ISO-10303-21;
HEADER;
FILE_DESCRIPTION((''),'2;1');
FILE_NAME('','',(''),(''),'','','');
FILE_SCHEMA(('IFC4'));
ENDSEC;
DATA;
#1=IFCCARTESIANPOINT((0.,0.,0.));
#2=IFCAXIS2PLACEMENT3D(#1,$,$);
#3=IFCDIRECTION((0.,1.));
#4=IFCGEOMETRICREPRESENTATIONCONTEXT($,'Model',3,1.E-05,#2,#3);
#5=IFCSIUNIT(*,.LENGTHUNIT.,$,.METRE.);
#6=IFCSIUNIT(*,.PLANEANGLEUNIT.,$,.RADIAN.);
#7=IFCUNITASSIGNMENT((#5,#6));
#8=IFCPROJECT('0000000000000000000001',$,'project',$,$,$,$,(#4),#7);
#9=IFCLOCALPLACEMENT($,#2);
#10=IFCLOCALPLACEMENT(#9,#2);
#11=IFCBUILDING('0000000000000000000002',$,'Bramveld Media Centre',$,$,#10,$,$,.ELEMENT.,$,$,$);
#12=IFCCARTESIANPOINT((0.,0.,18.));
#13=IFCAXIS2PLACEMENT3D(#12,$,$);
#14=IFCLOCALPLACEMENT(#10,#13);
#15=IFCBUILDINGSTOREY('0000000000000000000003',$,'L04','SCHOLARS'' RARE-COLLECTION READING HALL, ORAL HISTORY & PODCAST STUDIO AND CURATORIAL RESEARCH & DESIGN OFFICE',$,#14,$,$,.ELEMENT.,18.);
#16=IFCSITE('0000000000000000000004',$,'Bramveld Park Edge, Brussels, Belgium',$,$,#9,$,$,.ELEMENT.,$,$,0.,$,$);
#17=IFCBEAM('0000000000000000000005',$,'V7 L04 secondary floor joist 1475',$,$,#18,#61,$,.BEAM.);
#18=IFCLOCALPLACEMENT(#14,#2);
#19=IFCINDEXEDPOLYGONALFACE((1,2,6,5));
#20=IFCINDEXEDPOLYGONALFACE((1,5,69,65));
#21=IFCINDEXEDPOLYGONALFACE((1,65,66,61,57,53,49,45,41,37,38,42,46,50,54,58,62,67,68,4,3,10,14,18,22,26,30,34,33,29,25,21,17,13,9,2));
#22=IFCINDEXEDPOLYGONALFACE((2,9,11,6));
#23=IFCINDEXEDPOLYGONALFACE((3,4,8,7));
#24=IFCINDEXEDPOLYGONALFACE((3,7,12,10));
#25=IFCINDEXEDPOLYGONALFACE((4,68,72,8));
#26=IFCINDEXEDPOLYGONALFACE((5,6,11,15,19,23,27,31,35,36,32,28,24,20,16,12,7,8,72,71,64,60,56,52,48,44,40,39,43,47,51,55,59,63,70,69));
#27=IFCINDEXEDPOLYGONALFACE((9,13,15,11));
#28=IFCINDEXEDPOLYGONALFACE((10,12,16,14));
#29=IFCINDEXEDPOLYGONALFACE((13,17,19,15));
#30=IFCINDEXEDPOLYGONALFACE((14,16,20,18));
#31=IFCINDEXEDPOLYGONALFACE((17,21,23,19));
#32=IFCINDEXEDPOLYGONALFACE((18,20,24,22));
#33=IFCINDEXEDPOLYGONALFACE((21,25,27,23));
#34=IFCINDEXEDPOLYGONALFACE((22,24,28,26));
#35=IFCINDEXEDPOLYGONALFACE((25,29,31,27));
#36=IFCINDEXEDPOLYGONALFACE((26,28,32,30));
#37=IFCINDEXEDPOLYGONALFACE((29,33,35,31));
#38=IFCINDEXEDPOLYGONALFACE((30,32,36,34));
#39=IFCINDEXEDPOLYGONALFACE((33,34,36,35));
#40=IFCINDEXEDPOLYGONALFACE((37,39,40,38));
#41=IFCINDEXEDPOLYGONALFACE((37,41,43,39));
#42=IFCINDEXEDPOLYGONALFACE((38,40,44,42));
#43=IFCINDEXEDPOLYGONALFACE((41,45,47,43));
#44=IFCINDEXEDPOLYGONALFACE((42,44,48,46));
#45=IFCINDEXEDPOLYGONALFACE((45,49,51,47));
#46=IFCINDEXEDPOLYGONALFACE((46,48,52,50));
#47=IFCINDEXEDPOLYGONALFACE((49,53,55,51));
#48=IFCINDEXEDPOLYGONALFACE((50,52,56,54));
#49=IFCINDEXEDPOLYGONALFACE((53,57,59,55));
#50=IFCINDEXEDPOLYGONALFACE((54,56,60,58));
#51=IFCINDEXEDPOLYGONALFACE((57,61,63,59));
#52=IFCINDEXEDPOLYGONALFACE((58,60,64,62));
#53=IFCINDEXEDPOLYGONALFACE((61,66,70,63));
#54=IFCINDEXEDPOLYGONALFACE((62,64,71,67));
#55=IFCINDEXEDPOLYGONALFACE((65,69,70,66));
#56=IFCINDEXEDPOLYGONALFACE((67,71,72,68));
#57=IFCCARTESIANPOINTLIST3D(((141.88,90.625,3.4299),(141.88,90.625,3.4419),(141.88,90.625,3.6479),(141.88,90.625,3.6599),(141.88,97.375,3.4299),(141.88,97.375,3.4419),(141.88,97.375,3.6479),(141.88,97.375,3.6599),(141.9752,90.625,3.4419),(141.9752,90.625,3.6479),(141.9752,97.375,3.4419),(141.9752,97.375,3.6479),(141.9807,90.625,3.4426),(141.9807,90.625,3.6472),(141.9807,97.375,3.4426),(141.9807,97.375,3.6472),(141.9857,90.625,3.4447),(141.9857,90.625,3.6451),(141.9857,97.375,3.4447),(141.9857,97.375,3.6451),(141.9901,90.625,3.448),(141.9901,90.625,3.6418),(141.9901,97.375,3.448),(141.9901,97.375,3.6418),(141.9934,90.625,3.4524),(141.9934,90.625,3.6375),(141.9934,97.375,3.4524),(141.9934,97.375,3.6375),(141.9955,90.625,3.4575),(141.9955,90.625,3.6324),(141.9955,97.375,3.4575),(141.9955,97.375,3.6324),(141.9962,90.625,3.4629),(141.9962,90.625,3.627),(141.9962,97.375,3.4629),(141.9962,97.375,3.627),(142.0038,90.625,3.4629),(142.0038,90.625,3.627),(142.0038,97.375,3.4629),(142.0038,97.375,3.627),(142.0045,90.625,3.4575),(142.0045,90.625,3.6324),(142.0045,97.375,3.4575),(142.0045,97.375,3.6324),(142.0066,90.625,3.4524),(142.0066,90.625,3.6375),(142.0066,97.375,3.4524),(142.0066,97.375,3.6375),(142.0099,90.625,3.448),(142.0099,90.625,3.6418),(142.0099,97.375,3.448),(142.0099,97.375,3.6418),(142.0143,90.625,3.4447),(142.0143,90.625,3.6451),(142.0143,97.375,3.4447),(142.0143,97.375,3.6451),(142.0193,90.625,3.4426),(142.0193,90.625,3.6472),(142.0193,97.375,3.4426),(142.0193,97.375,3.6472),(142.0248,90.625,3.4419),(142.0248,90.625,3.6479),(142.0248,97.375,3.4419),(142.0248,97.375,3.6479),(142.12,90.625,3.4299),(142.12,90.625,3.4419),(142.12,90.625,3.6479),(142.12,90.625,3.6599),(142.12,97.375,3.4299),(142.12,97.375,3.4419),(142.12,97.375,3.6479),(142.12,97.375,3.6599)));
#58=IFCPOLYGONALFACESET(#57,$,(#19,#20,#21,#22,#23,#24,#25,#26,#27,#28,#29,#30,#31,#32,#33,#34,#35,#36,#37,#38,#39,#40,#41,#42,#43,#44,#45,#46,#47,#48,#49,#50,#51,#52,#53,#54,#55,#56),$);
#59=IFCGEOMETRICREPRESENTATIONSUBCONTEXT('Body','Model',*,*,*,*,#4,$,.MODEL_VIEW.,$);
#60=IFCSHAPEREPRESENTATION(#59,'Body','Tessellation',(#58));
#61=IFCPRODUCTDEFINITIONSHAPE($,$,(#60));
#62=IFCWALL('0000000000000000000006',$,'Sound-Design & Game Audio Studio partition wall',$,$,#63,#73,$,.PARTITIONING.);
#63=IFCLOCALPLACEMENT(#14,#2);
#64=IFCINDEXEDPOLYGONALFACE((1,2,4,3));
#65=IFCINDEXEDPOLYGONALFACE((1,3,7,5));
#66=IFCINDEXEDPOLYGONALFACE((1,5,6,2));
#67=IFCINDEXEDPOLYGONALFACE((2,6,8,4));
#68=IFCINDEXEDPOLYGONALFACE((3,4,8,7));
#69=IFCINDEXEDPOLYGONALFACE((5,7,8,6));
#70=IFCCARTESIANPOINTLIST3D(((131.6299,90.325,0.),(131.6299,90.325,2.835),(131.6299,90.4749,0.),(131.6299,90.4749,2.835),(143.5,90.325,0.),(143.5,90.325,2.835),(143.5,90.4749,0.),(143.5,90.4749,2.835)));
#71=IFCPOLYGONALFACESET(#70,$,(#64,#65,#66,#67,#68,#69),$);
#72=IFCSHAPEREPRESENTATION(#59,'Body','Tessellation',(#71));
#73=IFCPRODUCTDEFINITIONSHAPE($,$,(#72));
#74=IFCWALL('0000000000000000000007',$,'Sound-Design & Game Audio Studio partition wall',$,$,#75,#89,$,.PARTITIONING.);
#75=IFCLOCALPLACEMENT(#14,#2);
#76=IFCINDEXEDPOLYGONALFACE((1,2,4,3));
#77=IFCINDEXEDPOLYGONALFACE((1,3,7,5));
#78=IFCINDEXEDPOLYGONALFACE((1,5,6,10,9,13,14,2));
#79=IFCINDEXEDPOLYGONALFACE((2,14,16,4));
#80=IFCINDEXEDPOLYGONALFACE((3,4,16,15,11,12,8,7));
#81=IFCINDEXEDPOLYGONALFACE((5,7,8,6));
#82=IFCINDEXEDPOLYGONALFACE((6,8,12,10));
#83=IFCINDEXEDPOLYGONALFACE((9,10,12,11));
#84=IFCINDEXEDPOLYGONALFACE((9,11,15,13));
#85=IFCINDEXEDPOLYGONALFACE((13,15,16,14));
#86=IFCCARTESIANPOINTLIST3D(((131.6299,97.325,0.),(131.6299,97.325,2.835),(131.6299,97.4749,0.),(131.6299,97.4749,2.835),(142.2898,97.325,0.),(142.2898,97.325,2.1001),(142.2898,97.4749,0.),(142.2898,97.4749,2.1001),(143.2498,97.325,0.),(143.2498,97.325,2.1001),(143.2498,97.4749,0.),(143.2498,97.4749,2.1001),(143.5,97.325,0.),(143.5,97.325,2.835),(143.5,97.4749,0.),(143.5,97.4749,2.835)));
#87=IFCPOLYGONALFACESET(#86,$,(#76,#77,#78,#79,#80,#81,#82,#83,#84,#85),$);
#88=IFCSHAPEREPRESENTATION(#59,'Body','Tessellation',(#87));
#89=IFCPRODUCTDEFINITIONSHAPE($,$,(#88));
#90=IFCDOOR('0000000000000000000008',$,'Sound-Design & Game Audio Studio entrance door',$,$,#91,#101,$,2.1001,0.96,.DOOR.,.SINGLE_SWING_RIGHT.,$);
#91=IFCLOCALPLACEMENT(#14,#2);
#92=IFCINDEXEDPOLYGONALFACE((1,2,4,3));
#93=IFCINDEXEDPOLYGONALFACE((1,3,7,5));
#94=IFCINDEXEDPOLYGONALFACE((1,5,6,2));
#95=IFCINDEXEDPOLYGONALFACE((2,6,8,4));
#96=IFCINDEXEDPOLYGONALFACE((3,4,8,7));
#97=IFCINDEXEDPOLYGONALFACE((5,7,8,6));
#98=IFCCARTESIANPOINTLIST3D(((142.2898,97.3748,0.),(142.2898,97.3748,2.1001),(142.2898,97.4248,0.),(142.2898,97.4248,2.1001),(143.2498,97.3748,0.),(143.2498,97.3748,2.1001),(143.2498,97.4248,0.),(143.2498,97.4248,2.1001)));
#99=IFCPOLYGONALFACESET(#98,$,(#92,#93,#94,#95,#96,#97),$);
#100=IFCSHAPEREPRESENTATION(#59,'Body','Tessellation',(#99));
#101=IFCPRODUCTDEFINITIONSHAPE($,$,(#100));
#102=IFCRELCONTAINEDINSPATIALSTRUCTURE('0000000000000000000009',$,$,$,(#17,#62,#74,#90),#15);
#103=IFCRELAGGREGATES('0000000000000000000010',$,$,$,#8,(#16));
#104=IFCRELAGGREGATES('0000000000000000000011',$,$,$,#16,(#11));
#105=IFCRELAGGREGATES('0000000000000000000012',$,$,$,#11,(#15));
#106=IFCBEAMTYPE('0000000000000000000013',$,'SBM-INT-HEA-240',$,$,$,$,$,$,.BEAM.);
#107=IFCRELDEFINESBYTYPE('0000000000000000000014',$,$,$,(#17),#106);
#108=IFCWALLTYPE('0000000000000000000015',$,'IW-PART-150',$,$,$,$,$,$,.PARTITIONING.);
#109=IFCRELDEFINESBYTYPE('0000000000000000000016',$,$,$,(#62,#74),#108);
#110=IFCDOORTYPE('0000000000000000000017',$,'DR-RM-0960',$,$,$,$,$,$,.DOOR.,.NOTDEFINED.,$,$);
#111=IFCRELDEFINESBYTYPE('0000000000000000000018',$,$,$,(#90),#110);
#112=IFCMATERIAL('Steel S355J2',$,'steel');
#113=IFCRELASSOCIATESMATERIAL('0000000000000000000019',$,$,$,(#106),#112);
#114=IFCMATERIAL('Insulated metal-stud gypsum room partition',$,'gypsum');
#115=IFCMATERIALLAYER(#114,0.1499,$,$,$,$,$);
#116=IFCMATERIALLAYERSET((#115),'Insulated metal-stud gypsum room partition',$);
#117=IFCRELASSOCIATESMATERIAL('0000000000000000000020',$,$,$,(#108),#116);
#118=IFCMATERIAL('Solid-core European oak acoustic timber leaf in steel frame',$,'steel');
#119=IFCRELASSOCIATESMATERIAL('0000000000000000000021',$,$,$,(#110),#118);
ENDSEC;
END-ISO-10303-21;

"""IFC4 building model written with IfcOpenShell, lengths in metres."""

from ifc_helpers import new_model, si_unit, direction, frame, frame_2d, origin, origin_2d, place, context, subcontext, project, spatial, rectangle, i_section, extrude, material, layer, layer_set, material_profile, profile_set, type_object, element, fill, save


model = new_model("IFC4")

# Units and contexts
model_context = context("Model", 3, precision=1e-05, world=origin(), true_north=direction((0.0, 1.0)))
body_context = subcontext(model_context, "Body", "Model", "MODEL_VIEW")
ifc_project = project(units=[si_unit("LENGTHUNIT", "METRE"), si_unit("PLANEANGLEUNIT", "RADIAN")], contexts=[model_context])

# Site, building, storey
site_placement = place(None, origin())
site = spatial("IfcSite", under=ifc_project, at=site_placement, Name="Bramveld Park Edge, Brussels, Belgium", CompositionType="ELEMENT", RefElevation=0.0)
building_placement = place(site_placement, origin())
building = spatial("IfcBuilding", under=site, at=building_placement, Name="Bramveld Media Centre", CompositionType="ELEMENT")
storey_placement = place(building_placement, frame((0.0, 0.0, 18.0)))
storey = spatial("IfcBuildingStorey", under=building, at=storey_placement, Name="L04", Description="SCHOLARS' RARE-COLLECTION READING HALL, ORAL HISTORY & PODCAST STUDIO AND CURATORIAL RESEARCH & DESIGN OFFICE", CompositionType="ELEMENT", Elevation=18.0)

# Beam
ifc_material_1 = material(Name="Steel S355J2", Category="steel")
ifc_material_profile_1 = material_profile(ifc_material_1, i_section(OverallWidth=0.24, OverallDepth=0.23, WebThickness=0.0076, FlangeThickness=0.012, FilletRadius=0.021, at=origin_2d()), Name="HEA 240")
ifc_profile_set_1 = profile_set([ifc_material_profile_1], Name="Steel S355J2")
beam_type_1 = type_object("IfcBeamType", Name="SBM-INT-HEA-240", PredefinedType="BEAM", material=ifc_profile_set_1)
beam_1_placement = place(storey_placement, frame((142.0, 90.625, 3.5449), z_axis=(0.0, 1.0, 0.0), x_axis=(-1.0, 0.0, 0.0)))
element("IfcBeam", 1, at=beam_1_placement, inside=storey, type_object=beam_type_1, Name="V7 L04 secondary floor joist 1475", PredefinedType="BEAM", context=body_context, shape_type="SweptSolid", body=[
    extrude(i_section(OverallWidth=0.24, OverallDepth=0.23, WebThickness=0.0076, FlangeThickness=0.012, FilletRadius=0.021, at=origin_2d()), origin(), (0.0, 0.0, 1.0), 6.75),
])

# Wall
ifc_material_2 = material(Name="Insulated metal-stud gypsum room partition", Category="gypsum")
ifc_layer = layer(ifc_material_2, 0.1499)
ifc_layer_set = layer_set([ifc_layer], Name="Insulated metal-stud gypsum room partition")
wall_type = type_object("IfcWallType", Name="IW-PART-150", PredefinedType="PARTITIONING", material=ifc_layer_set)
wall_1_placement = place(storey_placement, frame((131.6299, 90.3999, 0.0), z_axis=(0.0, 0.0, 1.0), x_axis=(1.0, 0.0, 0.0)))
element("IfcWall", 2, at=wall_1_placement, inside=storey, type_object=wall_type, Name="Sound-Design & Game Audio Studio partition wall", PredefinedType="PARTITIONING", context=body_context, shape_type="SweptSolid", body=[
    extrude(rectangle(XDim=11.8701, YDim=0.1499, at=frame_2d((5.9351, 0.0))), origin(), (0.0, 0.0, 1.0), 2.835),
])

# Wall, opening, door
wall_2_placement = place(storey_placement, frame((131.6299, 97.3999, 0.0), z_axis=(0.0, 0.0, 1.0), x_axis=(1.0, 0.0, 0.0)))
wall_2 = element("IfcWall", 3, at=wall_2_placement, inside=storey, type_object=wall_type, Name="Sound-Design & Game Audio Studio partition wall", PredefinedType="PARTITIONING", context=body_context, shape_type="SweptSolid", body=[
    extrude(rectangle(XDim=11.8701, YDim=0.1499, at=frame_2d((5.9351, 0.0))), origin(), (0.0, 0.0, 1.0), 2.835),
])
opening_placement = place(wall_2_placement, frame((10.6599, 0.0, 0.0)))
opening = element("IfcOpeningElement", 4, at=opening_placement, cuts=wall_2, PredefinedType="OPENING", context=body_context, shape_type="SweptSolid", body=[
    extrude(rectangle(XDim=0.96, YDim=2.1001, at=frame_2d((0.48, 1.05))), frame((0.0, 0.0869, 0.0), z_axis=(0.0, -1.0, 0.0), x_axis=(1.0, 0.0, 0.0)), (0.0, 0.0, 1.0), 0.1738),
])
ifc_material_3 = material(Name="Solid-core European oak acoustic timber leaf in steel frame", Category="steel")
door_type = type_object("IfcDoorType", Name="DR-RM-0960", OperationType="NOTDEFINED", PredefinedType="DOOR", material=ifc_material_3)
door_placement = place(opening_placement, origin())
door = element("IfcDoor", 5, at=door_placement, inside=storey, type_object=door_type, Name="Sound-Design & Game Audio Studio entrance door", OperationType="SINGLE_SWING_RIGHT", OverallHeight=2.1001, OverallWidth=0.96, PredefinedType="DOOR", context=body_context, shape_type="SweptSolid", body=[
    extrude(rectangle(XDim=0.96, YDim=2.1001, at=frame_2d((0.48, 1.05))), frame((0.0, 0.0249, 0.0), z_axis=(0.0, -1.0, 0.0), x_axis=(1.0, 0.0, 0.0)), (0.0, 0.0, 1.0), 0.05),
])
fill(opening, door)

save(model, "model.ifc")
